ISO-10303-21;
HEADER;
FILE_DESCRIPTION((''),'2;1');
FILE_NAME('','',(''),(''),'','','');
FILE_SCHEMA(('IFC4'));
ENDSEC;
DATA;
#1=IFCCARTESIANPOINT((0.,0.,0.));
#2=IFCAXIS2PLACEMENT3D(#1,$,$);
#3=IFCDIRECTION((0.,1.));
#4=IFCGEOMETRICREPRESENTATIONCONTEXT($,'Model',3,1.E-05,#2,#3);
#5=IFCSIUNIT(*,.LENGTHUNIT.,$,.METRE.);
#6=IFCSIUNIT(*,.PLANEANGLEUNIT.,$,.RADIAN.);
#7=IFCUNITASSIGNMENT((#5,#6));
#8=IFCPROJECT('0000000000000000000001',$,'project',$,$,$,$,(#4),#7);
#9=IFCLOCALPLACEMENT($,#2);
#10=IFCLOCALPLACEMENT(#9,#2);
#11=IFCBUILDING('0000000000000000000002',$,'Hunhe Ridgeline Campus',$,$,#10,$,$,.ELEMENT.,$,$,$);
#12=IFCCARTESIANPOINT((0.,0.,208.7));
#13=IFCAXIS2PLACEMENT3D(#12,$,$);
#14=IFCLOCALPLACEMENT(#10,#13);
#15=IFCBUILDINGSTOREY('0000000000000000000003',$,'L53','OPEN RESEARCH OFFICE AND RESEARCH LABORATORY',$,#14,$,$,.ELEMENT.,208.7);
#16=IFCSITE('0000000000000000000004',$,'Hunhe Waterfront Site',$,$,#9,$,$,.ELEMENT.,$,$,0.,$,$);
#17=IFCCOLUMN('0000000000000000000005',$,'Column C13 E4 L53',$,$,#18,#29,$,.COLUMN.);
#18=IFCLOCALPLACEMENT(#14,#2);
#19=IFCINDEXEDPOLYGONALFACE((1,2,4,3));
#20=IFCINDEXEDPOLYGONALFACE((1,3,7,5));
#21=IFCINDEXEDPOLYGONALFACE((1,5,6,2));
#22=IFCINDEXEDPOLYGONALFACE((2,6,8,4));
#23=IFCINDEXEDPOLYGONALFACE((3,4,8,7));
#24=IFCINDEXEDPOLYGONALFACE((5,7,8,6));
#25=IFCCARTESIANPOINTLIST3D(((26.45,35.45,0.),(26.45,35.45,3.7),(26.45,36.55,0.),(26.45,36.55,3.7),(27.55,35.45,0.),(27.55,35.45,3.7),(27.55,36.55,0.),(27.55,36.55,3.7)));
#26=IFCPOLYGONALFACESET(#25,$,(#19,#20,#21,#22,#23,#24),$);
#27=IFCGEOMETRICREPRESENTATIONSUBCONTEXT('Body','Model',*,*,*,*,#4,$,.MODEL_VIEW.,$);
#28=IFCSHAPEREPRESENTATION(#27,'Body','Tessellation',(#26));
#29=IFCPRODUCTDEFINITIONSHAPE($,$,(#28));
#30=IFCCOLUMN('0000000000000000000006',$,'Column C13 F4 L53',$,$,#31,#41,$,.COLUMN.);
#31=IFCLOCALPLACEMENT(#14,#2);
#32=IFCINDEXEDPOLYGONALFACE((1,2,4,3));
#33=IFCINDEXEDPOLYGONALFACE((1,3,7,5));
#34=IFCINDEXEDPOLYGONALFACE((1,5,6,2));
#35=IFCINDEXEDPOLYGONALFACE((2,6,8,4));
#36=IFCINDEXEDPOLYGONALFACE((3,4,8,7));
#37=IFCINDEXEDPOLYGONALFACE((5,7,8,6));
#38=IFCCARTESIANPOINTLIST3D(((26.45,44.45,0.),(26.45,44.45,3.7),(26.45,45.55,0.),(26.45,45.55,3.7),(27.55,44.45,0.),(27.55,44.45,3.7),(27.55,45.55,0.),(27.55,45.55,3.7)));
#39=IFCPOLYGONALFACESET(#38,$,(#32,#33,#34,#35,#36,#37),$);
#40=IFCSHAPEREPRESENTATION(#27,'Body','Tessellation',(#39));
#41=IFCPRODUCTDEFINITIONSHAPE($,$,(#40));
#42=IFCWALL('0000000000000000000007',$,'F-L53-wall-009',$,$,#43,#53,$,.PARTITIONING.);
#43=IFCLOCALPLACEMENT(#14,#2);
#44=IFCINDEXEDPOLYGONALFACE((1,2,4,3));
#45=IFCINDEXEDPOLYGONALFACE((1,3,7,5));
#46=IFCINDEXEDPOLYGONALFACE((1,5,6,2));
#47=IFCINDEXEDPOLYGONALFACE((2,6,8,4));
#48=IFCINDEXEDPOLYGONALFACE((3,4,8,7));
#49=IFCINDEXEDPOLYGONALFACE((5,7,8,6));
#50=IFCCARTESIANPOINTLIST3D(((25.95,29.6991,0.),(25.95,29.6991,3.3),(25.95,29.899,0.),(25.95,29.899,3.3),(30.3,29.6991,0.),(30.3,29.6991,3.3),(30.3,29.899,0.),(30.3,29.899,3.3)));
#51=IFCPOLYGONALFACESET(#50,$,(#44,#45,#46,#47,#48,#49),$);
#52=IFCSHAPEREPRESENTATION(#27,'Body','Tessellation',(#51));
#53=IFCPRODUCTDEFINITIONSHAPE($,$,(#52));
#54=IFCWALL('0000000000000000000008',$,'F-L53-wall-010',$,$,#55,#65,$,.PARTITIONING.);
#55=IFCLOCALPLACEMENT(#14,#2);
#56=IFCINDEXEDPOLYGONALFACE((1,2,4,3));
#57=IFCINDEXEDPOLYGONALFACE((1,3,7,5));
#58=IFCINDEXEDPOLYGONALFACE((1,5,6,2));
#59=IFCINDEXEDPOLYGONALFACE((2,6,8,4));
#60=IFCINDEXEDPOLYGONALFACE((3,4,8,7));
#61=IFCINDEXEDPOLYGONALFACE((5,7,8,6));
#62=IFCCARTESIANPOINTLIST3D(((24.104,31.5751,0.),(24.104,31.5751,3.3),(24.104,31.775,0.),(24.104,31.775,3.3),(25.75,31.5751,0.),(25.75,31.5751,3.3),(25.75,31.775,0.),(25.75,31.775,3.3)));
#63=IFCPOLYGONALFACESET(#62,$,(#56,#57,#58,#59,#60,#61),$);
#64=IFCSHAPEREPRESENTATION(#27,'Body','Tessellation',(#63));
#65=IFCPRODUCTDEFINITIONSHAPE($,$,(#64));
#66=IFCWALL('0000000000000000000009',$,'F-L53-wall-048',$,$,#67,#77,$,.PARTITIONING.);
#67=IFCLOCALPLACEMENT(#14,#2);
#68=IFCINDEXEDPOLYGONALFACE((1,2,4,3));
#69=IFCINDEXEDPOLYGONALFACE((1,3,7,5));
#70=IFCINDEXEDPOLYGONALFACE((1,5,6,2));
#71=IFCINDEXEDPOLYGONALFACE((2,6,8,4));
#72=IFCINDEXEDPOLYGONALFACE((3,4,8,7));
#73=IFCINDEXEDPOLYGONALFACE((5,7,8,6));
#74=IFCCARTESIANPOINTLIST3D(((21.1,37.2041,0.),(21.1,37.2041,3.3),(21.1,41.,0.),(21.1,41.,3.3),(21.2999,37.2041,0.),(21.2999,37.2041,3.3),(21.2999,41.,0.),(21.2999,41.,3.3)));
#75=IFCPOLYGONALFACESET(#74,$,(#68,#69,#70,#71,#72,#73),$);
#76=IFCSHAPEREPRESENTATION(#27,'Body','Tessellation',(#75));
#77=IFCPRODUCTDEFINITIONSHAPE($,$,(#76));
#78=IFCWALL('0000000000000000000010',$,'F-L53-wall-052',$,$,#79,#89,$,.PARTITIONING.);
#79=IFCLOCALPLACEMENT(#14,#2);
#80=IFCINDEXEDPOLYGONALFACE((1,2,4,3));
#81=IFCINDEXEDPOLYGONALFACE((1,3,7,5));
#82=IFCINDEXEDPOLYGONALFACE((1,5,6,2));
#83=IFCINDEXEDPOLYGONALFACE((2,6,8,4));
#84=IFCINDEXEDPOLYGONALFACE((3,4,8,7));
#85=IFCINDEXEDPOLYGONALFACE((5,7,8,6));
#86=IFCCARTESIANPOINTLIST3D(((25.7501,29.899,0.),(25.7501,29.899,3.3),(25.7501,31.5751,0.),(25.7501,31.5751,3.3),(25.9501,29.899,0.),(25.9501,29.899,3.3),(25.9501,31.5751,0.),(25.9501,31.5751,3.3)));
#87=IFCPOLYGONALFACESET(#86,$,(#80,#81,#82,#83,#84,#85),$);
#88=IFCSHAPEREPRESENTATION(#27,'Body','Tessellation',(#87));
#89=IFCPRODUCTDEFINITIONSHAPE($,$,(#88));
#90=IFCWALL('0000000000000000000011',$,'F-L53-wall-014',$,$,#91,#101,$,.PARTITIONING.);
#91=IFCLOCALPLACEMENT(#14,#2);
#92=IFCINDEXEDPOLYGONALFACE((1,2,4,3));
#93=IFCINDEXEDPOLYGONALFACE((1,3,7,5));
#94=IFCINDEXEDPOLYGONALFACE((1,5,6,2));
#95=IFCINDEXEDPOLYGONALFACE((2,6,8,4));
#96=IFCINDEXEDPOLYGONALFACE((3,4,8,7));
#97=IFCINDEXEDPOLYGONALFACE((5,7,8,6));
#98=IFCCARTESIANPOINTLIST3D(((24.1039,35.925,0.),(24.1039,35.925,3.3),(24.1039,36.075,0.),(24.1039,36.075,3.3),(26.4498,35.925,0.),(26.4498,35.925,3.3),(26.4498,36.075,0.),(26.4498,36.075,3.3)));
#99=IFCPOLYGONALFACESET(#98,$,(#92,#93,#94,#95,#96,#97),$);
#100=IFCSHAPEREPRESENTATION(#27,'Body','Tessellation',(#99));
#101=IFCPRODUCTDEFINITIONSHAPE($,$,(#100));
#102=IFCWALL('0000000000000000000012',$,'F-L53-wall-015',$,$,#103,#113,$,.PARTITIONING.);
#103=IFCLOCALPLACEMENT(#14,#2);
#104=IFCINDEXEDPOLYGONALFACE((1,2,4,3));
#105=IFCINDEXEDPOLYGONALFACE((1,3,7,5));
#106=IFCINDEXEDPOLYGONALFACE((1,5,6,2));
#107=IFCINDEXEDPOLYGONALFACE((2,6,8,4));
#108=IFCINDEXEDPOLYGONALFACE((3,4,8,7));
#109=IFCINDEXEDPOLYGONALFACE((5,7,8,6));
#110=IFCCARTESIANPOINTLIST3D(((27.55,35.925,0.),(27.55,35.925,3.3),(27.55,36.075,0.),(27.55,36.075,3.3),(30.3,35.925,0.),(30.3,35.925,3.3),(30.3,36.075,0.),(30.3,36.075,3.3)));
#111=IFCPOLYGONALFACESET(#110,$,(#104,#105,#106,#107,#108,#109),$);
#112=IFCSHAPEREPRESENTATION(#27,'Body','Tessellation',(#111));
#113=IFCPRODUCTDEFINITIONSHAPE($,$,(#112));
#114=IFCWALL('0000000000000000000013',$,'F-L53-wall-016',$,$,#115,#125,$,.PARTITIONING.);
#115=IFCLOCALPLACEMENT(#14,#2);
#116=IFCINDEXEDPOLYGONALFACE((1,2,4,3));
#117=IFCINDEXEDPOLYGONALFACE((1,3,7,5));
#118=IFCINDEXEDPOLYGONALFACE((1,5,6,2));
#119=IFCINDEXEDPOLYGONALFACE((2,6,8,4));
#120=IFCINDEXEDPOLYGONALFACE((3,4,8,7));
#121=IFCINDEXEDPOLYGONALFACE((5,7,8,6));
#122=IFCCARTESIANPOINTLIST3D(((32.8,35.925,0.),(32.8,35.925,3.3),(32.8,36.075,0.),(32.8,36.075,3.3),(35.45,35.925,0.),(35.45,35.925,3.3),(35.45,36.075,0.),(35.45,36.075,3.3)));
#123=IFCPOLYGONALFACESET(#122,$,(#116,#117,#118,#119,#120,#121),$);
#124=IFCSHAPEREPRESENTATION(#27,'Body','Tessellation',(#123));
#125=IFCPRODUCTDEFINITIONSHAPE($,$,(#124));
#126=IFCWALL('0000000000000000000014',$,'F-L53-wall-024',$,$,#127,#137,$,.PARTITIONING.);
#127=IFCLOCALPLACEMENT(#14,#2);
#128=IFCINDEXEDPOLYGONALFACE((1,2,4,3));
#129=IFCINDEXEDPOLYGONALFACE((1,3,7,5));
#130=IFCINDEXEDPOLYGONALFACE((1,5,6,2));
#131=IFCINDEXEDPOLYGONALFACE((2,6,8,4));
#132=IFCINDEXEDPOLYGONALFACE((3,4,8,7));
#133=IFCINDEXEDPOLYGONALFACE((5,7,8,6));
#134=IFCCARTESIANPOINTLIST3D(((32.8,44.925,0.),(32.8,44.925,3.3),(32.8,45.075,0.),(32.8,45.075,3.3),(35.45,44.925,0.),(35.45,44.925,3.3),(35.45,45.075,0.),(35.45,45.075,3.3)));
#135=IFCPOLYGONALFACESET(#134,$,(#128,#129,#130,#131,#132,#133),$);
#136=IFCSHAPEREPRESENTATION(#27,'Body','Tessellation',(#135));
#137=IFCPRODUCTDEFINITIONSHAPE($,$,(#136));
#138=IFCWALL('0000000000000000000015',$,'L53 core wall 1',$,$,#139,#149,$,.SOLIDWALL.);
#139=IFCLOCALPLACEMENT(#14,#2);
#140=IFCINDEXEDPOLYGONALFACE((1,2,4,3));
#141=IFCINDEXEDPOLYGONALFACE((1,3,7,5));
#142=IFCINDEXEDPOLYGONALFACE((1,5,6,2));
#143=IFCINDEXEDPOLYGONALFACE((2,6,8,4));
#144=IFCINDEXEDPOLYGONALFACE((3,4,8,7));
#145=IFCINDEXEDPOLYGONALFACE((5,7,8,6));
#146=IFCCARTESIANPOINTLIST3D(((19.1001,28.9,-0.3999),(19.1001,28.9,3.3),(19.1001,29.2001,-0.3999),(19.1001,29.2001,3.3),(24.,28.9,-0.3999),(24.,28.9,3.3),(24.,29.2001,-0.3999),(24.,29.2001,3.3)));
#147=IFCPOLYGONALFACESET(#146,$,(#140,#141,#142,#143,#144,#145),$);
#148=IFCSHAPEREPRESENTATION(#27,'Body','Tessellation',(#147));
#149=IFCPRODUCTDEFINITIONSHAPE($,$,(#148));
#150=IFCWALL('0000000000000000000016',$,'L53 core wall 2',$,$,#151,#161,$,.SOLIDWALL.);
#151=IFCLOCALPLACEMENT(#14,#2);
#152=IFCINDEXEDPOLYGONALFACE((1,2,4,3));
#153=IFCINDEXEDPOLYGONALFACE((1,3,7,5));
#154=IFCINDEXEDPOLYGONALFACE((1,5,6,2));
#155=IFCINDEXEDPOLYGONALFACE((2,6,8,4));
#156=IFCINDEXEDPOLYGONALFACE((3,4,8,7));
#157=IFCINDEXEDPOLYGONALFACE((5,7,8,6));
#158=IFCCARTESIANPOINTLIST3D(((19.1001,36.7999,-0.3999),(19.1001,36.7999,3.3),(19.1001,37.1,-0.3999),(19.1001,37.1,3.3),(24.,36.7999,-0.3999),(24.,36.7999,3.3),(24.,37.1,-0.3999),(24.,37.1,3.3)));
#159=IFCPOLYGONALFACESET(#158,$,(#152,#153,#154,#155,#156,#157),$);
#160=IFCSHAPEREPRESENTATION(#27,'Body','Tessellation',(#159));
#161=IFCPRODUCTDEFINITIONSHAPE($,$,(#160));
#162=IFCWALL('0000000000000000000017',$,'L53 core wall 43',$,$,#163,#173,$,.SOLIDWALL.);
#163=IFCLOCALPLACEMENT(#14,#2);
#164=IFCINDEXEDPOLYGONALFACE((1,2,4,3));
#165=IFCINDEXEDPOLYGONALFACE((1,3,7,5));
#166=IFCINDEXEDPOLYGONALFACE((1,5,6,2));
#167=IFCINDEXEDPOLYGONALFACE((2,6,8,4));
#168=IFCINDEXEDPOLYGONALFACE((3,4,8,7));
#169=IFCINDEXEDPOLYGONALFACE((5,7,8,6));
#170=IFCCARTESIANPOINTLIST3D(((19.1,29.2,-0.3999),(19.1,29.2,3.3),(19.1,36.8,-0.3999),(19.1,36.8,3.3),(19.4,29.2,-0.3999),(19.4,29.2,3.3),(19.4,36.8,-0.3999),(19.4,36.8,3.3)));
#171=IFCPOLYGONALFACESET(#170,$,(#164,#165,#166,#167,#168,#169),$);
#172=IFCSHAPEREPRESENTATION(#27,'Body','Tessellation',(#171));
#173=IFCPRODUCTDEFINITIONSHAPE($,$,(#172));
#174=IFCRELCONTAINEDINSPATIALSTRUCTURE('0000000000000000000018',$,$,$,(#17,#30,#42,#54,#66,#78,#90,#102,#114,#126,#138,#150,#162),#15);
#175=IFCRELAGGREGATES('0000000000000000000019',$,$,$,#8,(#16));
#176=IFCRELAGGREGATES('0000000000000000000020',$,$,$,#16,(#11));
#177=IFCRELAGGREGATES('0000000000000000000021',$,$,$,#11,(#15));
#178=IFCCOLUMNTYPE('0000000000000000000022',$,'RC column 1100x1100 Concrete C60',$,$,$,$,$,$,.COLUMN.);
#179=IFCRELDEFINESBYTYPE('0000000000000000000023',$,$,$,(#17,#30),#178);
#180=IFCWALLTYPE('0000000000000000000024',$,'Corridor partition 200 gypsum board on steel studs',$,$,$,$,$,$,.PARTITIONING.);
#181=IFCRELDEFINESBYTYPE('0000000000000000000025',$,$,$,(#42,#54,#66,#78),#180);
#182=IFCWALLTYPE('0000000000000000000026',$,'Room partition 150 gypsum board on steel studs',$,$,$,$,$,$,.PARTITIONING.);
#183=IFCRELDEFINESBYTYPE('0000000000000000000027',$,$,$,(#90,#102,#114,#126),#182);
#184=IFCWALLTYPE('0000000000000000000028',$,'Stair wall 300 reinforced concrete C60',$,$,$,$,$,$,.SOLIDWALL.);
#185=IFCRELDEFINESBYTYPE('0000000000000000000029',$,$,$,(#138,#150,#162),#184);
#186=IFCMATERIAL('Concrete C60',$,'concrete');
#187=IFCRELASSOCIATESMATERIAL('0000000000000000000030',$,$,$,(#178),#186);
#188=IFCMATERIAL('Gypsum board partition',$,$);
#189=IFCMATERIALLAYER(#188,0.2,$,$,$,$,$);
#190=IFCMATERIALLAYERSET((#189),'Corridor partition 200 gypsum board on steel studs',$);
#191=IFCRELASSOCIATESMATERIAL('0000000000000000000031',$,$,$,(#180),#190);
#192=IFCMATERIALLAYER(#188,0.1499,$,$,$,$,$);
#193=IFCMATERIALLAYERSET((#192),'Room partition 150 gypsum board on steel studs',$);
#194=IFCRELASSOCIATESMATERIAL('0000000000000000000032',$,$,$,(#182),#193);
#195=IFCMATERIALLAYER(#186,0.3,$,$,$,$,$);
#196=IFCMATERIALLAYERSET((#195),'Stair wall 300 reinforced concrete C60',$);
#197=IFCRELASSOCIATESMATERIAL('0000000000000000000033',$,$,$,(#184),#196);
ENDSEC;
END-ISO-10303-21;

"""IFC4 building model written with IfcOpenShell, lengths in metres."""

from ifc_helpers import new_model, si_unit, direction, frame, frame_2d, origin, origin_2d, place, context, subcontext, project, spatial, rectangle, extrude, material, layer, layer_set, material_profile, profile_set, type_object, element, save


model = new_model("IFC4")

# Units and contexts
model_context = context("Model", 3, precision=1e-05, world=origin(), true_north=direction((0.0, 1.0)))
body_context = subcontext(model_context, "Body", "Model", "MODEL_VIEW")
ifc_project = project(units=[si_unit("LENGTHUNIT", "METRE"), si_unit("PLANEANGLEUNIT", "RADIAN")], contexts=[model_context])

# Site, building, storey
site_placement = place(None, origin())
site = spatial("IfcSite", under=ifc_project, at=site_placement, Name="Hunhe Waterfront Site", CompositionType="ELEMENT", RefElevation=0.0)
building_placement = place(site_placement, origin())
building = spatial("IfcBuilding", under=site, at=building_placement, Name="Hunhe Ridgeline Campus", CompositionType="ELEMENT")
storey_placement = place(building_placement, frame((0.0, 0.0, 208.7)))
storey = spatial("IfcBuildingStorey", under=building, at=storey_placement, Name="L53", Description="OPEN RESEARCH OFFICE AND RESEARCH LABORATORY", CompositionType="ELEMENT", Elevation=208.7)

# Columns
ifc_material_1 = material(Name="Concrete C60", Category="concrete")
ifc_material_profile = material_profile(ifc_material_1, rectangle(XDim=1.1001, YDim=1.1001, at=origin_2d()))
ifc_profile_set = profile_set([ifc_material_profile], Name="Concrete C60")
column_type = type_object("IfcColumnType", Name="RC column 1100x1100 Concrete C60", PredefinedType="COLUMN", material=ifc_profile_set)
for number, where, z_axis, x_axis, name in (
    (1, (27.0, 36.0, 0.0), (0.0, 0.0, 1.0), (1.0, 0.0, 0.0), "Column C13 E4 L53"),
    (2, (27.0, 45.0, 0.0), (0.0, 0.0, 1.0), (1.0, 0.0, 0.0), "Column C13 F4 L53"),
):
    element("IfcColumn", number, at=place(storey_placement, frame(where, z_axis=z_axis, x_axis=x_axis)), inside=storey, type_object=column_type, Name=name, PredefinedType="COLUMN", context=body_context, shape_type="SweptSolid", body=[
        extrude(rectangle(XDim=1.1001, YDim=1.1001, at=origin_2d()), origin(), (0.0, 0.0, 1.0), 3.7),
    ])

# Walls
ifc_material_2 = material(Name="Gypsum board partition")
ifc_layer_1 = layer(ifc_material_2, 0.2)
ifc_layer_set_1 = layer_set([ifc_layer_1], Name="Corridor partition 200 gypsum board on steel studs")
wall_type_1 = type_object("IfcWallType", Name="Corridor partition 200 gypsum board on steel studs", PredefinedType="PARTITIONING", material=ifc_layer_set_1)
wall_1_placement = place(storey_placement, frame((25.95, 29.7991, 0.0), z_axis=(0.0, 0.0, 1.0), x_axis=(1.0, 0.0, 0.0)))
element("IfcWall", 3, at=wall_1_placement, inside=storey, type_object=wall_type_1, Name="F-L53-wall-009", PredefinedType="PARTITIONING", context=body_context, shape_type="SweptSolid", body=[
    extrude(rectangle(XDim=4.3501, YDim=0.2, at=frame_2d((2.175, 0.0))), origin(), (0.0, 0.0, 1.0), 3.3),
])
wall_2_placement = place(storey_placement, frame((24.104, 31.675, 0.0), z_axis=(0.0, 0.0, 1.0), x_axis=(1.0, 0.0, 0.0)))
element("IfcWall", 4, at=wall_2_placement, inside=storey, type_object=wall_type_1, Name="F-L53-wall-010", PredefinedType="PARTITIONING", context=body_context, shape_type="SweptSolid", body=[
    extrude(rectangle(XDim=1.646, YDim=0.2, at=frame_2d((0.823, 0.0))), origin(), (0.0, 0.0, 1.0), 3.3),
])

# Wall
wall_3_placement = place(storey_placement, frame((21.2, 37.2041, 0.0), z_axis=(0.0, 0.0, 1.0), x_axis=(0.0, 1.0, 0.0)))
element("IfcWall", 5, at=wall_3_placement, inside=storey, type_object=wall_type_1, Name="F-L53-wall-048", PredefinedType="PARTITIONING", context=body_context, shape_type="SweptSolid", body=[
    extrude(rectangle(XDim=3.7959, YDim=0.2, at=frame_2d((1.8979, 0.0))), origin(), (0.0, 0.0, 1.0), 3.3),
])

# Wall
wall_4_placement = place(storey_placement, frame((25.8501, 31.575, 0.0), z_axis=(0.0, 0.0, 1.0), x_axis=(0.0, -1.0, 0.0)))
element("IfcWall", 6, at=wall_4_placement, inside=storey, type_object=wall_type_1, Name="F-L53-wall-052", PredefinedType="PARTITIONING", context=body_context, shape_type="SweptSolid", body=[
    extrude(rectangle(XDim=1.676, YDim=0.2, at=frame_2d((0.8379, 0.0))), origin(), (0.0, 0.0, 1.0), 3.3),
])

# Walls
ifc_layer_2 = layer(ifc_material_2, 0.1499)
ifc_layer_set_2 = layer_set([ifc_layer_2], Name="Room partition 150 gypsum board on steel studs")
wall_type_2 = type_object("IfcWallType", Name="Room partition 150 gypsum board on steel studs", PredefinedType="PARTITIONING", material=ifc_layer_set_2)
wall_5_placement = place(storey_placement, frame((24.104, 36.0, 0.0), z_axis=(0.0, 0.0, 1.0), x_axis=(1.0, 0.0, 0.0)))
element("IfcWall", 7, at=wall_5_placement, inside=storey, type_object=wall_type_2, Name="F-L53-wall-014", PredefinedType="PARTITIONING", context=body_context, shape_type="SweptSolid", body=[
    extrude(rectangle(XDim=2.3459, YDim=0.1499, at=frame_2d((1.1729, 0.0))), origin(), (0.0, 0.0, 1.0), 3.3),
])
wall_6_placement = place(storey_placement, frame((27.55, 36.0, 0.0), z_axis=(0.0, 0.0, 1.0), x_axis=(1.0, 0.0, 0.0)))
element("IfcWall", 8, at=wall_6_placement, inside=storey, type_object=wall_type_2, Name="F-L53-wall-015", PredefinedType="PARTITIONING", context=body_context, shape_type="SweptSolid", body=[
    extrude(rectangle(XDim=2.75, YDim=0.1499, at=frame_2d((1.375, 0.0))), origin(), (0.0, 0.0, 1.0), 3.3),
])
for number, where, z_axis, x_axis, name in (
    (9, (32.8, 36.0, 0.0), (0.0, 0.0, 1.0), (1.0, 0.0, 0.0), "F-L53-wall-016"),
    (10, (32.8, 45.0, 0.0), (0.0, 0.0, 1.0), (1.0, 0.0, 0.0), "F-L53-wall-024"),
):
    element("IfcWall", number, at=place(storey_placement, frame(where, z_axis=z_axis, x_axis=x_axis)), inside=storey, type_object=wall_type_2, Name=name, PredefinedType="PARTITIONING", context=body_context, shape_type="SweptSolid", body=[
        extrude(rectangle(XDim=2.6499, YDim=0.1499, at=frame_2d((1.325, 0.0))), origin(), (0.0, 0.0, 1.0), 3.3),
    ])
ifc_layer_3 = layer(ifc_material_1, 0.3)
ifc_layer_set_3 = layer_set([ifc_layer_3], Name="Stair wall 300 reinforced concrete C60")
wall_type_3 = type_object("IfcWallType", Name="Stair wall 300 reinforced concrete C60", PredefinedType="SOLIDWALL", material=ifc_layer_set_3)
for number, where, z_axis, x_axis, name in (
    (11, (19.1001, 29.05, -0.3999), (0.0, 0.0, 1.0), (1.0, 0.0, 0.0), "L53 core wall 1"),
    (12, (19.1001, 36.95, -0.3999), (0.0, 0.0, 1.0), (1.0, 0.0, 0.0), "L53 core wall 2"),
):
    element("IfcWall", number, at=place(storey_placement, frame(where, z_axis=z_axis, x_axis=x_axis)), inside=storey, type_object=wall_type_3, Name=name, PredefinedType="SOLIDWALL", context=body_context, shape_type="SweptSolid", body=[
        extrude(rectangle(XDim=4.8999, YDim=0.3, at=frame_2d((2.45, 0.0))), origin(), (0.0, 0.0, 1.0), 3.7),
    ])
wall_7_placement = place(storey_placement, frame((19.25, 29.2, -0.3999), z_axis=(0.0, 0.0, 1.0), x_axis=(0.0, 1.0, 0.0)))
element("IfcWall", 13, at=wall_7_placement, inside=storey, type_object=wall_type_3, Name="L53 core wall 43", PredefinedType="SOLIDWALL", context=body_context, shape_type="SweptSolid", body=[
    extrude(rectangle(XDim=7.6001, YDim=0.3, at=frame_2d((3.8, 0.0))), origin(), (0.0, 0.0, 1.0), 3.7),
])

save(model, "model.ifc")
